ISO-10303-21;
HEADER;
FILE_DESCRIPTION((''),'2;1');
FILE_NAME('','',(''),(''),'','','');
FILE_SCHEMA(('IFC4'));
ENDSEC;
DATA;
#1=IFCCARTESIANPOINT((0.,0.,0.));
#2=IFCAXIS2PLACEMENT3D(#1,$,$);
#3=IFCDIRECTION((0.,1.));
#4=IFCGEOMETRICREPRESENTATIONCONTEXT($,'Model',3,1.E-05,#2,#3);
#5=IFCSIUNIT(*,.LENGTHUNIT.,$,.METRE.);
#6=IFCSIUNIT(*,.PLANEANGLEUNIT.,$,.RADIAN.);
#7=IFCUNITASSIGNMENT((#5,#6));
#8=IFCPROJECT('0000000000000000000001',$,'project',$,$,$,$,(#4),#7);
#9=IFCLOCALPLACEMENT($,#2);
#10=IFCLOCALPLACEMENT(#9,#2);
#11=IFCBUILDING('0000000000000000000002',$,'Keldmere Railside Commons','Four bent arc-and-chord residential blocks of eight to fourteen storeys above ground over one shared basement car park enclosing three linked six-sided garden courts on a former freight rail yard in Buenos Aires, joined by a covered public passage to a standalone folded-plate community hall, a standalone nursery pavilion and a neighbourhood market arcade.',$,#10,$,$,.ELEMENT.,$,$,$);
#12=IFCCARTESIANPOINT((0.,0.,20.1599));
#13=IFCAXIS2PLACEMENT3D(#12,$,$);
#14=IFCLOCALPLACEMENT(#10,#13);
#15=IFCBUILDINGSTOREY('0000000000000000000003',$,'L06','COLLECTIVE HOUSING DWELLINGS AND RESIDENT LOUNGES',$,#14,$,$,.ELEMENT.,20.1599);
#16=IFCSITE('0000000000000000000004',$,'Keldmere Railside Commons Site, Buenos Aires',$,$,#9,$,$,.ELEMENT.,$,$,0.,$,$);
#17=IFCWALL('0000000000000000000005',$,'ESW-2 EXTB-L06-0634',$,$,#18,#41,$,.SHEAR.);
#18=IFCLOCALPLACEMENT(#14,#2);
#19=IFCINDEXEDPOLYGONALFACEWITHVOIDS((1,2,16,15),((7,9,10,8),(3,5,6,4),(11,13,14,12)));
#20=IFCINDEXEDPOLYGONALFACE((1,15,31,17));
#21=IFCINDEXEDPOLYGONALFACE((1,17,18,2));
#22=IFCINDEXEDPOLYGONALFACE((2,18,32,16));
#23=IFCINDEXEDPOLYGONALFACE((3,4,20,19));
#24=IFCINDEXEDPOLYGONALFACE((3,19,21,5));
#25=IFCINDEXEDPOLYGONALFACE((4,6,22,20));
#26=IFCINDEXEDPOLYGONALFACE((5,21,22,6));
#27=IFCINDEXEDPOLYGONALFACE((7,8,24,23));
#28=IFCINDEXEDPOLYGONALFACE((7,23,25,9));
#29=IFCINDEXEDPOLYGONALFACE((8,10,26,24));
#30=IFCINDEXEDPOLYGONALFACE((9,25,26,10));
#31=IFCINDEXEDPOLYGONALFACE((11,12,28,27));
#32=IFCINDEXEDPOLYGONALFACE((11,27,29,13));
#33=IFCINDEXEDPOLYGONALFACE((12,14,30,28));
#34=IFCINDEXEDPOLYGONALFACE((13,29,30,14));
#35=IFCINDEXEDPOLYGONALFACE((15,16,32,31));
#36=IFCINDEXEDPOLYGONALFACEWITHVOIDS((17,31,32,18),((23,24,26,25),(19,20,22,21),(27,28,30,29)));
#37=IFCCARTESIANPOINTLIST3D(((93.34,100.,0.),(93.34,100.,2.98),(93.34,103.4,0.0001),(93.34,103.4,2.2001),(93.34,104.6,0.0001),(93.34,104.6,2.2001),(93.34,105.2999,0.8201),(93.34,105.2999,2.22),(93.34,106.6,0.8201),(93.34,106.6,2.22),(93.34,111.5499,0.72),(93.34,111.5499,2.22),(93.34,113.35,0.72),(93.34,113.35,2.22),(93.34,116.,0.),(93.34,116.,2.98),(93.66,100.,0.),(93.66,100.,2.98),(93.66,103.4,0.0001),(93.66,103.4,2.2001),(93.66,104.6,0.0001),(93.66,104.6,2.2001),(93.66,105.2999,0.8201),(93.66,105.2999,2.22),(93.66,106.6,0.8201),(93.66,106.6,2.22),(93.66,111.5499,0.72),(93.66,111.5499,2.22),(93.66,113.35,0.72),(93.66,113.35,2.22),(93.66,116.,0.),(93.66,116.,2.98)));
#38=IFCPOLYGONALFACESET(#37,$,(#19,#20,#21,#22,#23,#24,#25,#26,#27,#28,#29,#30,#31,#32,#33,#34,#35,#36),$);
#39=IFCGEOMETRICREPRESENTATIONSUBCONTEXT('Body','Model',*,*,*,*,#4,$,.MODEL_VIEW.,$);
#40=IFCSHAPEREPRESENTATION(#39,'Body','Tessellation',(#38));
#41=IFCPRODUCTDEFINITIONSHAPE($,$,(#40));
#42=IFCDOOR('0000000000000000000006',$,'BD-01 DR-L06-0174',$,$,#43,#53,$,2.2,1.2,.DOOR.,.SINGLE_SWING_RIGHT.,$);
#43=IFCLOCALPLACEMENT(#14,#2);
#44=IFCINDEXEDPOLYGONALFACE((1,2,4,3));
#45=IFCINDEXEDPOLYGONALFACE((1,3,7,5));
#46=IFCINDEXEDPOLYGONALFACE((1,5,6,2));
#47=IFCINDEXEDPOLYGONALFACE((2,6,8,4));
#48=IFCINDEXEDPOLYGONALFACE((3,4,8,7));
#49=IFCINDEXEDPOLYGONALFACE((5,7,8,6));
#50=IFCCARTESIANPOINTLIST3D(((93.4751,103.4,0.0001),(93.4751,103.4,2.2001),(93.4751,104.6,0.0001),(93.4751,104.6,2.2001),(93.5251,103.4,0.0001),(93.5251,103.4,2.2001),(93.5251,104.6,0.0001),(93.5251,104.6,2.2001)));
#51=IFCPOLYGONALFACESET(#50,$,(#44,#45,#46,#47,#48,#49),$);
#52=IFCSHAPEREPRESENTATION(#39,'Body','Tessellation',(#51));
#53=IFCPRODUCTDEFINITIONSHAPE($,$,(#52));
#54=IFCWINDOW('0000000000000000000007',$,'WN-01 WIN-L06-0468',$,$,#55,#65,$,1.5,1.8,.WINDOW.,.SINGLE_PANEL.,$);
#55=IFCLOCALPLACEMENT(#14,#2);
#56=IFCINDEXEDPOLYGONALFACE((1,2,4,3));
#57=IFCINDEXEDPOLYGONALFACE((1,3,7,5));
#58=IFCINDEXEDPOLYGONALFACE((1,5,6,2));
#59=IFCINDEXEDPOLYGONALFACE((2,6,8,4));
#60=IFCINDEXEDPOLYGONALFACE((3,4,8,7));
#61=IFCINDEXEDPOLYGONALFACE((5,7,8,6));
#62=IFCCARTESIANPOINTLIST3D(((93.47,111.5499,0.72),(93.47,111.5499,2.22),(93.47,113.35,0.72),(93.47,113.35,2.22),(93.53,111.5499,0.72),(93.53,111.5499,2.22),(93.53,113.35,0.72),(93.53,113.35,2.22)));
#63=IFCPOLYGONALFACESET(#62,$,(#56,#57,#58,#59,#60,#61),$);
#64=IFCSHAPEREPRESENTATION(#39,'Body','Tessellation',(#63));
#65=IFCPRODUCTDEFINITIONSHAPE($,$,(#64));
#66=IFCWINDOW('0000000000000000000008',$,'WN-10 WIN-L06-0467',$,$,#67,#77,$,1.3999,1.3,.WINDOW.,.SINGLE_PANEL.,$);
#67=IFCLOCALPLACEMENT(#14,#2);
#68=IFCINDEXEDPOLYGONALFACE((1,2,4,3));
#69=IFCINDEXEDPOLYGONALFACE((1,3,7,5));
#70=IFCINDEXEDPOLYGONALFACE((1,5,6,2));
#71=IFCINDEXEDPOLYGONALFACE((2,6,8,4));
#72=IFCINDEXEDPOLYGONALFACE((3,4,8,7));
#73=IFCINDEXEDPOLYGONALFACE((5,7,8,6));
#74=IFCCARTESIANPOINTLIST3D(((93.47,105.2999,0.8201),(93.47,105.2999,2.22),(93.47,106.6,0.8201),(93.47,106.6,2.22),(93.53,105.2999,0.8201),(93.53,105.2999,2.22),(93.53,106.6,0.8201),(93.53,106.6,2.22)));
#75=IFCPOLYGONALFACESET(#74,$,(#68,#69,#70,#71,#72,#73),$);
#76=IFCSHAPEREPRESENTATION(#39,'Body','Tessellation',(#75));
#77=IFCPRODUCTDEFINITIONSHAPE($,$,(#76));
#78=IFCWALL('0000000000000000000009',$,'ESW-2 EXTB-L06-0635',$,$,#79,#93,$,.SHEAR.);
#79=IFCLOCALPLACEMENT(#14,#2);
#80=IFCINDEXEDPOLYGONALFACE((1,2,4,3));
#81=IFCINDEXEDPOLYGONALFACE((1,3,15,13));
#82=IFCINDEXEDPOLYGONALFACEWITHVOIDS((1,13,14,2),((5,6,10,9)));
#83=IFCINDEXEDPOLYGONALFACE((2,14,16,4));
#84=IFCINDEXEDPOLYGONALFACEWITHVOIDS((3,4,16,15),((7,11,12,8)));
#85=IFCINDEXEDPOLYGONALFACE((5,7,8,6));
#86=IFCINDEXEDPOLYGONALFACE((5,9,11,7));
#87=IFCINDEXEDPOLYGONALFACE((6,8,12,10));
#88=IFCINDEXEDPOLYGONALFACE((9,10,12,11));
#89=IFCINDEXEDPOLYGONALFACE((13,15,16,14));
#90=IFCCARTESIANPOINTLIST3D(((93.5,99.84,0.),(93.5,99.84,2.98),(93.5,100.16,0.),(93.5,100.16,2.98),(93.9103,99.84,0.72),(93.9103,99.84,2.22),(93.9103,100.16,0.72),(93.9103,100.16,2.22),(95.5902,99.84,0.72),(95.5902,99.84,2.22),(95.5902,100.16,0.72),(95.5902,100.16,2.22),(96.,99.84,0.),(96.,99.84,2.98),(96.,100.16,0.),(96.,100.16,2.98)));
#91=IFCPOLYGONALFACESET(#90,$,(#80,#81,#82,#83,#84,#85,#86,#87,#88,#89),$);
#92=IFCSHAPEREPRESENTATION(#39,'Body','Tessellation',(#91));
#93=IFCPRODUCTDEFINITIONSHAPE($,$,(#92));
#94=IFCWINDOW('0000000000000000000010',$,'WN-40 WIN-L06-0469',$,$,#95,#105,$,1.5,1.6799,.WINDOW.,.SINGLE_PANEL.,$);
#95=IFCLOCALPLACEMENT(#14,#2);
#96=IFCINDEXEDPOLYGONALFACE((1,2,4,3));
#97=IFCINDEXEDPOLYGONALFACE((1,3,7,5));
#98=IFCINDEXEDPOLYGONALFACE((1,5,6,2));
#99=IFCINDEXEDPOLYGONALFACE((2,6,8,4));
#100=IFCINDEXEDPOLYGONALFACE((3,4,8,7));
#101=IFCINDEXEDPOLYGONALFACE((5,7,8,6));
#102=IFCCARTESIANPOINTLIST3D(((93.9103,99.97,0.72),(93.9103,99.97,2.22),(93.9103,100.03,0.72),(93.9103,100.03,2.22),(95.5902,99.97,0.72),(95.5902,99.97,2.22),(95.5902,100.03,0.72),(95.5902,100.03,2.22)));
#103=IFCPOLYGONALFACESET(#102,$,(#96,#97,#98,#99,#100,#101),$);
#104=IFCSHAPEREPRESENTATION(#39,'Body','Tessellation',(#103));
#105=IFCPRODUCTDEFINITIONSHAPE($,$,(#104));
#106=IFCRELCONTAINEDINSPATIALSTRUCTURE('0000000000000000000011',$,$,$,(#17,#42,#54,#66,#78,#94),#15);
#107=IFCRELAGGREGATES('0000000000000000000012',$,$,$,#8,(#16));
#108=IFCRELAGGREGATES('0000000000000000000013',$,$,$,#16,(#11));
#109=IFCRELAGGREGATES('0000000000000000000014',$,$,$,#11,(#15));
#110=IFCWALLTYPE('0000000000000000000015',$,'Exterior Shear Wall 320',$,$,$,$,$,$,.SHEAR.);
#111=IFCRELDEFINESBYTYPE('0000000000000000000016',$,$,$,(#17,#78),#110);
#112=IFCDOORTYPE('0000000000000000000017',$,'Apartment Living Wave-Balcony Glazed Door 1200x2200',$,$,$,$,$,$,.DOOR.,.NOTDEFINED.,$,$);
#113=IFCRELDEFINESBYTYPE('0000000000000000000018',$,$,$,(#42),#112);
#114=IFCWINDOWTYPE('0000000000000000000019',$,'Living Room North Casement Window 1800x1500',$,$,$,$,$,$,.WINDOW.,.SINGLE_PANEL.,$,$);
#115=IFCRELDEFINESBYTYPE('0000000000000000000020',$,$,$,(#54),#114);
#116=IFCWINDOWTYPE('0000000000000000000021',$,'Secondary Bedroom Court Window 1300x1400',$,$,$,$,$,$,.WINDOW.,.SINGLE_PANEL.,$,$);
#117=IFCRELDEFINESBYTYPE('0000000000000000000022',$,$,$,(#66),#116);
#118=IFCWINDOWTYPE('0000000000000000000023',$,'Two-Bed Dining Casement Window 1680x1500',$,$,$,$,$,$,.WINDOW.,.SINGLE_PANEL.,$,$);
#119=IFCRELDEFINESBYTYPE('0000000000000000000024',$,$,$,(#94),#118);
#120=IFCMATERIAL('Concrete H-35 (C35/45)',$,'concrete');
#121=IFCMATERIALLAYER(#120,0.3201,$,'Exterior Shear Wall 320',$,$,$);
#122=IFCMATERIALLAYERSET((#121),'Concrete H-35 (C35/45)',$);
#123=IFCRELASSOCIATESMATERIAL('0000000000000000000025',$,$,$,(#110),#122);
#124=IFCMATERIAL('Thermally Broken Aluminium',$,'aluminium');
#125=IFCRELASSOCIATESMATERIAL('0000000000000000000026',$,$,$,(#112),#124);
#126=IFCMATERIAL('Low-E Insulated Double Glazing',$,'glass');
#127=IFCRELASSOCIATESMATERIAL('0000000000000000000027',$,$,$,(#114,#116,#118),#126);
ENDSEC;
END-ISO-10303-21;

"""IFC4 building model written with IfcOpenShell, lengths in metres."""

from ifc_helpers import new_model, si_unit, direction, frame, frame_2d, origin, place, context, subcontext, project, spatial, rectangle, extrude, material, layer, layer_set, type_object, element, fill, save


model = new_model("IFC4")

# Units and contexts
model_context = context("Model", 3, precision=1e-05, world=origin(), true_north=direction((0.0, 1.0)))
body_context = subcontext(model_context, "Body", "Model", "MODEL_VIEW")
ifc_project = project(units=[si_unit("LENGTHUNIT", "METRE"), si_unit("PLANEANGLEUNIT", "RADIAN")], contexts=[model_context])

# Site, building, storey
site_placement = place(None, origin())
site = spatial("IfcSite", under=ifc_project, at=site_placement, Name="Keldmere Railside Commons Site, Buenos Aires", CompositionType="ELEMENT", RefElevation=0.0)
building_placement = place(site_placement, origin())
building = spatial("IfcBuilding", under=site, at=building_placement, Name="Keldmere Railside Commons", Description="Four bent arc-and-chord residential blocks of eight to fourteen storeys above ground over one shared basement car park enclosing three linked six-sided garden courts on a former freight rail yard in Buenos Aires, joined by a covered public passage to a standalone folded-plate community hall, a standalone nursery pavilion and a neighbourhood market arcade.", CompositionType="ELEMENT")
storey_placement = place(building_placement, frame((0.0, 0.0, 20.1599)))
storey = spatial("IfcBuildingStorey", under=building, at=storey_placement, Name="L06", Description="COLLECTIVE HOUSING DWELLINGS AND RESIDENT LOUNGES", CompositionType="ELEMENT", Elevation=20.1599)

# Shared definitions
ifc_material_1 = material(Name="Concrete H-35 (C35/45)", Category="concrete")

# Shared definitions
ifc_material_2 = material(Name="Thermally Broken Aluminium", Category="aluminium")

# Shared definitions
ifc_layer_1 = layer(ifc_material_1, 0.3201, Name="Exterior Shear Wall 320")
ifc_layer_set_1 = layer_set([ifc_layer_1], Name="Concrete H-35 (C35/45)")
wall_type_1 = type_object("IfcWallType", Name="Exterior Shear Wall 320", PredefinedType="SHEAR", material=ifc_layer_set_1)
ifc_material_3 = material(Name="Low-E Insulated Double Glazing", Category="glass")

# Wall, openings, door, windows
wall_1_placement = place(storey_placement, frame((93.5, 100.0, 0.0), z_axis=(0.0, 0.0, 1.0), x_axis=(0.0, 1.0, 0.0)))
wall_1 = element("IfcWall", 1, at=wall_1_placement, inside=storey, type_object=wall_type_1, Name="ESW-2 EXTB-L06-0634", PredefinedType="SHEAR", context=body_context, shape_type="SweptSolid", body=[
    extrude(rectangle(XDim=16.0, YDim=0.3201, at=frame_2d((8.0, 0.0))), origin(), (0.0, 0.0, 1.0), 2.98),
])
opening_1_placement = place(wall_1_placement, frame((3.3999, 0.0, 0.0)))
opening_1 = element("IfcOpeningElement", 2, at=opening_1_placement, cuts=wall_1, PredefinedType="OPENING", context=body_context, shape_type="SweptSolid", body=[
    extrude(rectangle(XDim=1.2, YDim=2.2, at=frame_2d((0.6001, 1.1001))), frame((0.0, 0.1699, 0.0), z_axis=(0.0, -1.0, 0.0), x_axis=(1.0, 0.0, 0.0)), (0.0, 0.0, 1.0), 0.3401),
])
opening_2_placement = place(wall_1_placement, frame((5.3, 0.0, 0.8201)))
opening_2 = element("IfcOpeningElement", 3, at=opening_2_placement, cuts=wall_1, PredefinedType="OPENING", context=body_context, shape_type="SweptSolid", body=[
    extrude(rectangle(XDim=1.3, YDim=1.3999, at=frame_2d((0.6499, 0.7))), frame((0.0, 0.1699, 0.0), z_axis=(0.0, -1.0, 0.0), x_axis=(1.0, 0.0, 0.0)), (0.0, 0.0, 1.0), 0.3401),
])
opening_3_placement = place(wall_1_placement, frame((11.55, 0.0, 0.72)))
opening_3 = element("IfcOpeningElement", 4, at=opening_3_placement, cuts=wall_1, PredefinedType="OPENING", context=body_context, shape_type="SweptSolid", body=[
    extrude(rectangle(XDim=1.8, YDim=1.5, at=frame_2d((0.8999, 0.75))), frame((0.0, 0.1699, 0.0), z_axis=(0.0, -1.0, 0.0), x_axis=(1.0, 0.0, 0.0)), (0.0, 0.0, 1.0), 0.3401),
])
door_type = type_object("IfcDoorType", Name="Apartment Living Wave-Balcony Glazed Door 1200x2200", OperationType="NOTDEFINED", PredefinedType="DOOR", material=ifc_material_2)
door_placement = place(opening_1_placement, origin())
door = element("IfcDoor", 5, at=door_placement, inside=storey, type_object=door_type, Name="BD-01 DR-L06-0174", OperationType="SINGLE_SWING_RIGHT", OverallHeight=2.2, OverallWidth=1.2, PredefinedType="DOOR", context=body_context, shape_type="SweptSolid", body=[
    extrude(rectangle(XDim=1.2, YDim=2.2, at=frame_2d((0.6001, 1.1001))), frame((0.0, 0.0249, 0.0), z_axis=(0.0, -1.0, 0.0), x_axis=(1.0, 0.0, 0.0)), (0.0, 0.0, 1.0), 0.05),
])
fill(opening_1, door)
window_type_1 = type_object("IfcWindowType", Name="Living Room North Casement Window 1800x1500", PartitioningType="SINGLE_PANEL", PredefinedType="WINDOW", material=ifc_material_3)
window_1_placement = place(opening_3_placement, origin())
window_1 = element("IfcWindow", 6, at=window_1_placement, inside=storey, type_object=window_type_1, Name="WN-01 WIN-L06-0468", OverallHeight=1.5, OverallWidth=1.8, PartitioningType="SINGLE_PANEL", PredefinedType="WINDOW", context=body_context, shape_type="SweptSolid", body=[
    extrude(rectangle(XDim=1.8, YDim=1.5, at=frame_2d((0.8999, 0.75))), frame((0.0, 0.03, 0.0), z_axis=(0.0, -1.0, 0.0), x_axis=(1.0, 0.0, 0.0)), (0.0, 0.0, 1.0), 0.0601),
])
fill(opening_3, window_1)
window_type_2 = type_object("IfcWindowType", Name="Secondary Bedroom Court Window 1300x1400", PartitioningType="SINGLE_PANEL", PredefinedType="WINDOW", material=ifc_material_3)
window_2_placement = place(opening_2_placement, origin())
window_2 = element("IfcWindow", 7, at=window_2_placement, inside=storey, type_object=window_type_2, Name="WN-10 WIN-L06-0467", OverallHeight=1.3999, OverallWidth=1.3, PartitioningType="SINGLE_PANEL", PredefinedType="WINDOW", context=body_context, shape_type="SweptSolid", body=[
    extrude(rectangle(XDim=1.3, YDim=1.3999, at=frame_2d((0.6499, 0.7))), frame((0.0, 0.03, 0.0), z_axis=(0.0, -1.0, 0.0), x_axis=(1.0, 0.0, 0.0)), (0.0, 0.0, 1.0), 0.0601),
])
fill(opening_2, window_2)

# Wall, opening, window
wall_2_placement = place(storey_placement, frame((96.0, 100.0, 0.0), z_axis=(0.0, 0.0, 1.0), x_axis=(-1.0, 0.0, 0.0)))
wall_2 = element("IfcWall", 8, at=wall_2_placement, inside=storey, type_object=wall_type_1, Name="ESW-2 EXTB-L06-0635", PredefinedType="SHEAR", context=body_context, shape_type="SweptSolid", body=[
    extrude(rectangle(XDim=2.5, YDim=0.3201, at=frame_2d((1.25, 0.0))), origin(), (0.0, 0.0, 1.0), 2.98),
])
opening_4_placement = place(wall_2_placement, frame((0.4099, 0.0, 0.72)))
opening_4 = element("IfcOpeningElement", 9, at=opening_4_placement, cuts=wall_2, PredefinedType="OPENING", context=body_context, shape_type="SweptSolid", body=[
    extrude(rectangle(XDim=1.6799, YDim=1.5, at=frame_2d((0.8398, 0.75))), frame((0.0, 0.1699, 0.0), z_axis=(0.0, -1.0, 0.0), x_axis=(1.0, 0.0, 0.0)), (0.0, 0.0, 1.0), 0.3401),
])
window_type_3 = type_object("IfcWindowType", Name="Two-Bed Dining Casement Window 1680x1500", PartitioningType="SINGLE_PANEL", PredefinedType="WINDOW", material=ifc_material_3)
window_3_placement = place(opening_4_placement, origin())
window_3 = element("IfcWindow", 10, at=window_3_placement, inside=storey, type_object=window_type_3, Name="WN-40 WIN-L06-0469", OverallHeight=1.5, OverallWidth=1.6799, PartitioningType="SINGLE_PANEL", PredefinedType="WINDOW", context=body_context, shape_type="SweptSolid", body=[
    extrude(rectangle(XDim=1.6799, YDim=1.5, at=frame_2d((0.8398, 0.75))), frame((0.0, 0.03, 0.0), z_axis=(0.0, -1.0, 0.0), x_axis=(1.0, 0.0, 0.0)), (0.0, 0.0, 1.0), 0.0601),
])
fill(opening_4, window_3)

save(model, "model.ifc")
